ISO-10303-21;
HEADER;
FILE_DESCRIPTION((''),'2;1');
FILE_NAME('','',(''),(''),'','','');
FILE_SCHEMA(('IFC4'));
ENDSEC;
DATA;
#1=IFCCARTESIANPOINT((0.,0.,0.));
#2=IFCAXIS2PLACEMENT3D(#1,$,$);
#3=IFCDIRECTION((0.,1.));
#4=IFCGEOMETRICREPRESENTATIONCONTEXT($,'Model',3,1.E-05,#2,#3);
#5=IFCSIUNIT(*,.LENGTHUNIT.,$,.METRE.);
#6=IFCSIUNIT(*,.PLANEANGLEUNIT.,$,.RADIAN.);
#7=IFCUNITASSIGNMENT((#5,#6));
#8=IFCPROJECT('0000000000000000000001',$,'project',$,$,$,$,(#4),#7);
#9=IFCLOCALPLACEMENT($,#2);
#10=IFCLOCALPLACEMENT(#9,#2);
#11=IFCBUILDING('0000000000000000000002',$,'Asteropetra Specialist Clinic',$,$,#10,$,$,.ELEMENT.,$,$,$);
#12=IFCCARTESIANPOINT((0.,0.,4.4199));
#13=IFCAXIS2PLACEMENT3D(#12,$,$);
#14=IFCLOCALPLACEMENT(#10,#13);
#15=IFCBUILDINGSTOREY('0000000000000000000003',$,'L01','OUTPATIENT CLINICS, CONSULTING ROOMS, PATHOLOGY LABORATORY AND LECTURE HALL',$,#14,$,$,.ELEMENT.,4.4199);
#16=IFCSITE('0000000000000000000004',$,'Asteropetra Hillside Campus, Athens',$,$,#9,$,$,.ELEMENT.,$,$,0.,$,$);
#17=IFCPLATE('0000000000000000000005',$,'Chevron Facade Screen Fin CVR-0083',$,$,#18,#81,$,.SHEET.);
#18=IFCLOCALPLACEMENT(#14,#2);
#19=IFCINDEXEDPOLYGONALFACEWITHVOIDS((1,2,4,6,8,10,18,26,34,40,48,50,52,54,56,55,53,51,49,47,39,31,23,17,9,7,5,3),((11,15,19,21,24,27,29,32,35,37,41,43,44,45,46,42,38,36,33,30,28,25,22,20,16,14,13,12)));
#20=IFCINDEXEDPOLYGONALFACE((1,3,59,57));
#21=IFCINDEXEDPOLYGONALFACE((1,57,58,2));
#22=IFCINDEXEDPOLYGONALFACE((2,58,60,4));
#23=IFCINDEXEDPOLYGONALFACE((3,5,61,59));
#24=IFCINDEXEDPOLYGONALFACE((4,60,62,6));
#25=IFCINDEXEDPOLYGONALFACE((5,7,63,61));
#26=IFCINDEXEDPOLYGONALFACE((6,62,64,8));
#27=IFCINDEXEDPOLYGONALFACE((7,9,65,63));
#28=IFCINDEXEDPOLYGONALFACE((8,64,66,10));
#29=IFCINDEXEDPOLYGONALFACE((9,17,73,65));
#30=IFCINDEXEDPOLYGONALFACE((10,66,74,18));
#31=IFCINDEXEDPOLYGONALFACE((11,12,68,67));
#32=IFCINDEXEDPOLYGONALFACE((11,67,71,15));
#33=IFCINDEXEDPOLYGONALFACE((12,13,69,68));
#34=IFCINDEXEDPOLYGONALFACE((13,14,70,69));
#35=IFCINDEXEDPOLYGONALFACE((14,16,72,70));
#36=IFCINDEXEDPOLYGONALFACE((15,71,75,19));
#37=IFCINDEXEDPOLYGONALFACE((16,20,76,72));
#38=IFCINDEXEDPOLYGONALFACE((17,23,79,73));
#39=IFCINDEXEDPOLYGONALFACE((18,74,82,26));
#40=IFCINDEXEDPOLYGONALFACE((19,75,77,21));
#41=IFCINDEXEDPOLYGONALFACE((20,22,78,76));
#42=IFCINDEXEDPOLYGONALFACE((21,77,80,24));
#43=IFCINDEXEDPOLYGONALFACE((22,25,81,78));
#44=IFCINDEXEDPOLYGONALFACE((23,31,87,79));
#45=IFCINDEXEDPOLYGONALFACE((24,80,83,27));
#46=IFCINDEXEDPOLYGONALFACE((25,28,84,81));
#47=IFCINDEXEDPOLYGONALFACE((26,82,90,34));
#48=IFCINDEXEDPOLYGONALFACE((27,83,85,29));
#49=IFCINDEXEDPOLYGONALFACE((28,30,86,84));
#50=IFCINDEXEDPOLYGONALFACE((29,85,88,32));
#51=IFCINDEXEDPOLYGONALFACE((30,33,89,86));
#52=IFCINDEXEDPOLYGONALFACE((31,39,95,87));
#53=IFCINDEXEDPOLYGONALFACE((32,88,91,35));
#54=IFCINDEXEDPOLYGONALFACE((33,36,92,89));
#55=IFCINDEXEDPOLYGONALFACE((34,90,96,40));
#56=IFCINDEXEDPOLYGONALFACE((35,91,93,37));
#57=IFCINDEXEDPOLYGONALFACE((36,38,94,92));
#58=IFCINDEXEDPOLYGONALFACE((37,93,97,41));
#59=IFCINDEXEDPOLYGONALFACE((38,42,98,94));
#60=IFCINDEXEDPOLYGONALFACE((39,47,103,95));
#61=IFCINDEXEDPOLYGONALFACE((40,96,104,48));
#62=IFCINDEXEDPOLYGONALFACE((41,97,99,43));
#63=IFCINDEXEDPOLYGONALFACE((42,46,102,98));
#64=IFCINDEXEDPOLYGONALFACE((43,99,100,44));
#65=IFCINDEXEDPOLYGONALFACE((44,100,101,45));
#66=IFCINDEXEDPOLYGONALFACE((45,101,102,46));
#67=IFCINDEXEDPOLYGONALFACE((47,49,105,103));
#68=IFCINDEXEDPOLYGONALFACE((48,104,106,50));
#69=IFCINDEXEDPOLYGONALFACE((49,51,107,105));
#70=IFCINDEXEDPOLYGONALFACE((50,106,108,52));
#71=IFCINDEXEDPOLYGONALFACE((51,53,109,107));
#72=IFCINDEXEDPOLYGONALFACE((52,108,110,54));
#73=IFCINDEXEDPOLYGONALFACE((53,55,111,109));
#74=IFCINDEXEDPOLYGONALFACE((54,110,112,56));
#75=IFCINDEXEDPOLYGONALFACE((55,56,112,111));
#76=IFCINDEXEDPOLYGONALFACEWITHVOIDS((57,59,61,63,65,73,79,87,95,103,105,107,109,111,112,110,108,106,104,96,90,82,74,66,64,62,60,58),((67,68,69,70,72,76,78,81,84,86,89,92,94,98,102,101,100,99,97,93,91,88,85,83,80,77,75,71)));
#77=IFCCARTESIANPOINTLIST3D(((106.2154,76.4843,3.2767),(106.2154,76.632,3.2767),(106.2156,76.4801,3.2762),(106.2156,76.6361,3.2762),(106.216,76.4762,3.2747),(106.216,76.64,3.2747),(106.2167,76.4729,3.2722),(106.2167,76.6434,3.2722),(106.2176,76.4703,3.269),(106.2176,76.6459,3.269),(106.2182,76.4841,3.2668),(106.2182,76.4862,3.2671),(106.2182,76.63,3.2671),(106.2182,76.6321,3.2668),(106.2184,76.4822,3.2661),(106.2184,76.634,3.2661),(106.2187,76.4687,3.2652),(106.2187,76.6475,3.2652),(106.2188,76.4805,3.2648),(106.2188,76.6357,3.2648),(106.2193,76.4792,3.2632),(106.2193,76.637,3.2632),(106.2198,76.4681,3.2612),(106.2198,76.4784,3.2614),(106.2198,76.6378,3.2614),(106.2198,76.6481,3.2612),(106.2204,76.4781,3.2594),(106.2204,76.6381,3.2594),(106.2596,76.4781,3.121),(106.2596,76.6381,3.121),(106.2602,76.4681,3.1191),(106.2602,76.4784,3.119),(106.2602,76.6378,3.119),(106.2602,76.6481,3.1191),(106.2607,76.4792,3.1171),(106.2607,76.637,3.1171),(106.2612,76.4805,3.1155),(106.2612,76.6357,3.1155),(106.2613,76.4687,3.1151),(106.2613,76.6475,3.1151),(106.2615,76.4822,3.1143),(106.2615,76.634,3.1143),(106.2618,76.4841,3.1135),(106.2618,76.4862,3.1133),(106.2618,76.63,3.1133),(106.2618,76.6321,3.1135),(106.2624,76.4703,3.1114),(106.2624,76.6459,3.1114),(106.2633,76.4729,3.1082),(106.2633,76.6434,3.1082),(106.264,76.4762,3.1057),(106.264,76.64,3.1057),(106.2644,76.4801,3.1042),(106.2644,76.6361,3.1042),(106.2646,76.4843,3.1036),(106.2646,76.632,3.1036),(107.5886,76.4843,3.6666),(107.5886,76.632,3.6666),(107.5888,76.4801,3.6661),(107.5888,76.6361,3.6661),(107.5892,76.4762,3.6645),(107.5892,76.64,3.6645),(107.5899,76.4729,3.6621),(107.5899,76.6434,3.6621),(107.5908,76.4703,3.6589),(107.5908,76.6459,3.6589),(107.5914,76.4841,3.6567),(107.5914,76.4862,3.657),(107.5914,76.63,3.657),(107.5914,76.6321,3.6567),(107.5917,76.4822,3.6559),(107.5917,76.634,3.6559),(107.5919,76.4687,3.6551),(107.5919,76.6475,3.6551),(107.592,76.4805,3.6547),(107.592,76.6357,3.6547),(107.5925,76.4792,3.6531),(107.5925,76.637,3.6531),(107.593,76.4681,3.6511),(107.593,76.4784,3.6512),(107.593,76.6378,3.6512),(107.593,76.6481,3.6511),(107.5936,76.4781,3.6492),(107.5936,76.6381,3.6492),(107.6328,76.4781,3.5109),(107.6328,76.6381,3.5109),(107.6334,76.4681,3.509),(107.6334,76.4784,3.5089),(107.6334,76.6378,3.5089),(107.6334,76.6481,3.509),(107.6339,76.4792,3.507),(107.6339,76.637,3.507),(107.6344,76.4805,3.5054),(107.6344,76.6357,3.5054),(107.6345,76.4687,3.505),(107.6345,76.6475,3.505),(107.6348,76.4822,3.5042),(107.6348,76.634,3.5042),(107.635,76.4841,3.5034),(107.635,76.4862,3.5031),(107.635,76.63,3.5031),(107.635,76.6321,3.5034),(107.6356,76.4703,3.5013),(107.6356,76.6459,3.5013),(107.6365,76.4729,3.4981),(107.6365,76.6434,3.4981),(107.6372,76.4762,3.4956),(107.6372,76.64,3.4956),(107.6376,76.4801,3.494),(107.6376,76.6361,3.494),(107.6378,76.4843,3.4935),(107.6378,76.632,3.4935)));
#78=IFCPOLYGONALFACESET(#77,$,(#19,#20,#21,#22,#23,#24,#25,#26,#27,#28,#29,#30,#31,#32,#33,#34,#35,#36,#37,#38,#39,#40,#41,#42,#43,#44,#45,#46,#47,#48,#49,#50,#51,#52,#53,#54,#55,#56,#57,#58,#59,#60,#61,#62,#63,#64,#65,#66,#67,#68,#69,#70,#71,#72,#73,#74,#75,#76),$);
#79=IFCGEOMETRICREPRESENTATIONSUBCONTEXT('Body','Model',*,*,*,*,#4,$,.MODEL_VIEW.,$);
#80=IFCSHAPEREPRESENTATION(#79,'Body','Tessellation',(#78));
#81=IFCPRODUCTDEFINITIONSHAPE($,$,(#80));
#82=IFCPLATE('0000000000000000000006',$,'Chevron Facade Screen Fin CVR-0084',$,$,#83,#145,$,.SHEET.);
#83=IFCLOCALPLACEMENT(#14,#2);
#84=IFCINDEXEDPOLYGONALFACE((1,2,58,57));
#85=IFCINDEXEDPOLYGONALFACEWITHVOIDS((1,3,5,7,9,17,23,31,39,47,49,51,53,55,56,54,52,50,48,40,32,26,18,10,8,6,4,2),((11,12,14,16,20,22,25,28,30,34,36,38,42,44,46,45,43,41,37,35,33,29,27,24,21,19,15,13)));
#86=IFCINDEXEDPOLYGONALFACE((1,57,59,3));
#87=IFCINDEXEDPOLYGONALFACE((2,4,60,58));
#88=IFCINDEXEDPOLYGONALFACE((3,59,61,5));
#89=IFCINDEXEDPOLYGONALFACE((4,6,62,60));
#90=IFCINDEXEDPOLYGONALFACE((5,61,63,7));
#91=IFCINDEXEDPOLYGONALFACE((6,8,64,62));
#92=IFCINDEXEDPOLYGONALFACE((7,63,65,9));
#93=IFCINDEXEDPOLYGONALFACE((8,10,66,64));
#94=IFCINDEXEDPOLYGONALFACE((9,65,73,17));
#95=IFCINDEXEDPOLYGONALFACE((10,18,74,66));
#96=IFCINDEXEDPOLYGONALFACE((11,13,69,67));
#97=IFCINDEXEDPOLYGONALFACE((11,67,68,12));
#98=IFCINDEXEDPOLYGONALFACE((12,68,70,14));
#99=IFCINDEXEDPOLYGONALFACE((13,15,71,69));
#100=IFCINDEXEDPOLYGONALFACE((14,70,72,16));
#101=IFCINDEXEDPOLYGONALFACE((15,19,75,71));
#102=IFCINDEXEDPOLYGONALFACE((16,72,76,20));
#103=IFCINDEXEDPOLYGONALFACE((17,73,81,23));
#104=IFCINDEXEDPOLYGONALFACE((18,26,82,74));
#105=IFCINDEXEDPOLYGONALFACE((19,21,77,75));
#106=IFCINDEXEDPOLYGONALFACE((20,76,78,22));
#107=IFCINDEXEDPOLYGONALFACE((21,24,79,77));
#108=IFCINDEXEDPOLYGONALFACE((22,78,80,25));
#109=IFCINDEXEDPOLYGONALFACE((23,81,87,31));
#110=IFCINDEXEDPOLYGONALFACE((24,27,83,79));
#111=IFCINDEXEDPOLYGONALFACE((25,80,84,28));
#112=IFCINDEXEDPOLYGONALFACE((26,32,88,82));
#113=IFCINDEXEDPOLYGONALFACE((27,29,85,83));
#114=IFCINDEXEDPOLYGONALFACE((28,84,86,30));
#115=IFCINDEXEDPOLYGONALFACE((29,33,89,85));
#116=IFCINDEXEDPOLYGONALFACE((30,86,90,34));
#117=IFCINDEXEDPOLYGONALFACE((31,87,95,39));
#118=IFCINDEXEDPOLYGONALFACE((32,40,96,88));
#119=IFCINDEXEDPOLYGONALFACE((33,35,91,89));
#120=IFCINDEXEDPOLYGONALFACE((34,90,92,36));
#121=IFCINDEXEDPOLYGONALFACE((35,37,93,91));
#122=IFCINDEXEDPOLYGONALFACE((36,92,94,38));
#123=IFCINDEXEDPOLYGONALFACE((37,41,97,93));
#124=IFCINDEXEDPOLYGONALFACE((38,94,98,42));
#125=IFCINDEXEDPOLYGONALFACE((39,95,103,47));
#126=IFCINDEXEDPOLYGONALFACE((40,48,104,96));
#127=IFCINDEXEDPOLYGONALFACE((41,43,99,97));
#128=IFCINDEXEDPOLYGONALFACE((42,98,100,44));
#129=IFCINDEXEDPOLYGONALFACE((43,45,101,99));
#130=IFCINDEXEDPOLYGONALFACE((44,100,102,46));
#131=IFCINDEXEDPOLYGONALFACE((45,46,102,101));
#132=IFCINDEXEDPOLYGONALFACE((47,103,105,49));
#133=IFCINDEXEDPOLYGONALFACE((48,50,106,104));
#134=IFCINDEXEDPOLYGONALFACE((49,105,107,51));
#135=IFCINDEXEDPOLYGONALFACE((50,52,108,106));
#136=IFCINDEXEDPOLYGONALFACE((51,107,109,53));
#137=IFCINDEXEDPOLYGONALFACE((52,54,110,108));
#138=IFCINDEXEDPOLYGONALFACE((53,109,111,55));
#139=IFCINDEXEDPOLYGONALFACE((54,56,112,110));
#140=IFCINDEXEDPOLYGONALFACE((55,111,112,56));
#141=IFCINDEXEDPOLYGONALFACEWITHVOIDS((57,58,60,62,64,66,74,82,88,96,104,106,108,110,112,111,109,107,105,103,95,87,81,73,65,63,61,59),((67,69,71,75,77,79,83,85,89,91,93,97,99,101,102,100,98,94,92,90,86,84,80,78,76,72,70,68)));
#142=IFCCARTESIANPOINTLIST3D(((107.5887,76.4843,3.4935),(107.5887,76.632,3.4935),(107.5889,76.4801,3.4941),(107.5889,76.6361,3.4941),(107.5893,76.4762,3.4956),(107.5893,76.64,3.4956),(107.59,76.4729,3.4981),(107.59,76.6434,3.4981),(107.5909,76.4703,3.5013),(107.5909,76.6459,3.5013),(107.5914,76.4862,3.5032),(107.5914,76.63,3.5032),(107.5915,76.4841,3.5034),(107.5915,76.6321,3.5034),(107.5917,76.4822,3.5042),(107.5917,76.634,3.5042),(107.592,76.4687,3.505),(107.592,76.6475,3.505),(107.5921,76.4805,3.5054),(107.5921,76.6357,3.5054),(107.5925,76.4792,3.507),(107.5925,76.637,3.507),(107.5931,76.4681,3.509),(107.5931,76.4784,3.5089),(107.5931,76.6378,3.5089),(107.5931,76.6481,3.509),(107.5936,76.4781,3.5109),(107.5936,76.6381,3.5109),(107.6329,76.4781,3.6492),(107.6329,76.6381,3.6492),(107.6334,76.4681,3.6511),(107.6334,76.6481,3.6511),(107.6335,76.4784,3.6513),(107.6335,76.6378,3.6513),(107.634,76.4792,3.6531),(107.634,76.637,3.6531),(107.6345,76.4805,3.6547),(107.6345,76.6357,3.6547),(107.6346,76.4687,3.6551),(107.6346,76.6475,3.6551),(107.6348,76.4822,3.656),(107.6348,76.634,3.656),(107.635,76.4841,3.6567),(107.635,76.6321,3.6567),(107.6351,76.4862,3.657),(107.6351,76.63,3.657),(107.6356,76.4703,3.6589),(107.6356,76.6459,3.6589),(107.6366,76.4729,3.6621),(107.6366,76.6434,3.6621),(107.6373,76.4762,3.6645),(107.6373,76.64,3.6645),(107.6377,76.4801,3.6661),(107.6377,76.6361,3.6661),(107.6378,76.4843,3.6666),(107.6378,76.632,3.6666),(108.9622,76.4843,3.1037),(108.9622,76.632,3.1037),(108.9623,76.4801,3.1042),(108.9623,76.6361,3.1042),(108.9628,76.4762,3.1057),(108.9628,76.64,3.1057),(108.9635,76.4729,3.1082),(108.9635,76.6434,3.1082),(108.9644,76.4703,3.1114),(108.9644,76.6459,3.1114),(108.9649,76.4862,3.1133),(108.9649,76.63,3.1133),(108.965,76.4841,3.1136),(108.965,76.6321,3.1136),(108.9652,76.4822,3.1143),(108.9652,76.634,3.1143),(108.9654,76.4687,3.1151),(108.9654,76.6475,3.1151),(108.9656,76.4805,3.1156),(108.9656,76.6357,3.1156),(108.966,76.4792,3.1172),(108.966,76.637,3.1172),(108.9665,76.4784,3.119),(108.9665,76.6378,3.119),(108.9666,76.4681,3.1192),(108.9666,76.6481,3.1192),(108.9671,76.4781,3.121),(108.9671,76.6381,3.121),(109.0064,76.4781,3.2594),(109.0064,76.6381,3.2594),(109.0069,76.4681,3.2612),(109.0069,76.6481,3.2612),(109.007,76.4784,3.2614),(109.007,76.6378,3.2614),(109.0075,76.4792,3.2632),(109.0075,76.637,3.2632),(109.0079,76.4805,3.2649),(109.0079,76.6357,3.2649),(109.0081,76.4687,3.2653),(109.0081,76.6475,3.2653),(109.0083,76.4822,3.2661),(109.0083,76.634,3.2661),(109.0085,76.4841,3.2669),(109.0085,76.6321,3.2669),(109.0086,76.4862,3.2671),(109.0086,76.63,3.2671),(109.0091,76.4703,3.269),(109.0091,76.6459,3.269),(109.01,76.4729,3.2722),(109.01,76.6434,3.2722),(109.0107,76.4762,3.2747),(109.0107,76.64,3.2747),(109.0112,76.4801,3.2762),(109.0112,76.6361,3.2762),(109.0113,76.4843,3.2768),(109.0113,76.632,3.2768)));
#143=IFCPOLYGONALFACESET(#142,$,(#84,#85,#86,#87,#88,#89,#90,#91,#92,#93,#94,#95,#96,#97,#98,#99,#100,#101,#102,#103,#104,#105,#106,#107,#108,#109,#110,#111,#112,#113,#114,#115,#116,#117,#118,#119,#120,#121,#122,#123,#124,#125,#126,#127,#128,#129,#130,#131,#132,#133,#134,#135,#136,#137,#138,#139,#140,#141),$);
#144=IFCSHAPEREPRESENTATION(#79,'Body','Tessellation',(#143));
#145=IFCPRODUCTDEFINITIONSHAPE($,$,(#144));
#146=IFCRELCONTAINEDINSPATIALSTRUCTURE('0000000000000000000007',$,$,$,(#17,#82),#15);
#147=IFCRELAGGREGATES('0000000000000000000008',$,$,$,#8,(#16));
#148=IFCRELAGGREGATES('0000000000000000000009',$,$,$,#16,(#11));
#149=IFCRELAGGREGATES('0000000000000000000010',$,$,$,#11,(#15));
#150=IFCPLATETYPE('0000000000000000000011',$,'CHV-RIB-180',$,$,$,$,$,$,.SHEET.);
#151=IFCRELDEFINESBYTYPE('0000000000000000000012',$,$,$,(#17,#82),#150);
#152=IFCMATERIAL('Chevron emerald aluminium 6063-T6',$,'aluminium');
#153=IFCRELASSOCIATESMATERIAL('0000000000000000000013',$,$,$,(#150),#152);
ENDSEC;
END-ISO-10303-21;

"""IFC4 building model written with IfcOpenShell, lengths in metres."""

from ifc_helpers import new_model, si_unit, direction, frame, origin, origin_2d, place, context, subcontext, project, spatial, hollow_rectangle, extrude, material, material_profile, profile_set, type_object, element, save


model = new_model("IFC4")

# Units and contexts
model_context = context("Model", 3, precision=1e-05, world=origin(), true_north=direction((0.0, 1.0)))
body_context = subcontext(model_context, "Body", "Model", "MODEL_VIEW")
ifc_project = project(units=[si_unit("LENGTHUNIT", "METRE"), si_unit("PLANEANGLEUNIT", "RADIAN")], contexts=[model_context])

# Site, building, storey
site_placement = place(None, origin())
site = spatial("IfcSite", under=ifc_project, at=site_placement, Name="Asteropetra Hillside Campus, Athens", CompositionType="ELEMENT", RefElevation=0.0)
building_placement = place(site_placement, origin())
building = spatial("IfcBuilding", under=site, at=building_placement, Name="Asteropetra Specialist Clinic", CompositionType="ELEMENT")
storey_placement = place(building_placement, frame((0.0, 0.0, 4.4199)))
storey = spatial("IfcBuildingStorey", under=building, at=storey_placement, Name="L01", Description="OUTPATIENT CLINICS, CONSULTING ROOMS, PATHOLOGY LABORATORY AND LECTURE HALL", CompositionType="ELEMENT", Elevation=4.4199)

# Plates
ifc_material_1 = material(Name="Chevron emerald aluminium 6063-T6", Category="aluminium")
ifc_material_profile_1 = material_profile(ifc_material_1, hollow_rectangle(XDim=0.1799, YDim=0.1799, WallThickness=0.01, InnerFilletRadius=0.0081, OuterFilletRadius=0.0161, at=origin_2d()), Name="SHS 180x180x10.0")
ifc_profile_set_1 = profile_set([ifc_material_profile_1], Name="Chevron emerald aluminium 6063-T6")
plate_type = type_object("IfcPlateType", Name="CHV-RIB-180", PredefinedType="SHEET", material=ifc_profile_set_1)
plate_1_placement = place(storey_placement, frame((106.24, 76.5581, 3.1902), z_axis=(0.961981, 0.0, 0.273117), x_axis=(0.0, 1.0, 0.0)))
element("IfcPlate", 1, at=plate_1_placement, inside=storey, type_object=plate_type, Name="Chevron Facade Screen Fin CVR-0083", PredefinedType="SHEET", context=body_context, shape_type="SweptSolid", body=[
    extrude(hollow_rectangle(XDim=0.1799, YDim=0.1799, WallThickness=0.01, InnerFilletRadius=0.0081, OuterFilletRadius=0.0161, at=origin_2d()), origin(), (0.0, 0.0, 1.0), 1.4275),
])
plate_2_placement = place(storey_placement, frame((107.6133, 76.5581, 3.5801), z_axis=(0.961994, 0.0, -0.273072), x_axis=(0.0, 1.0, 0.0)))
element("IfcPlate", 2, at=plate_2_placement, inside=storey, type_object=plate_type, Name="Chevron Facade Screen Fin CVR-0084", PredefinedType="SHEET", context=body_context, shape_type="SweptSolid", body=[
    extrude(hollow_rectangle(XDim=0.1799, YDim=0.1799, WallThickness=0.01, InnerFilletRadius=0.0081, OuterFilletRadius=0.0161, at=origin_2d()), origin(), (0.0, 0.0, 1.0), 1.4277),
])

save(model, "model.ifc")
